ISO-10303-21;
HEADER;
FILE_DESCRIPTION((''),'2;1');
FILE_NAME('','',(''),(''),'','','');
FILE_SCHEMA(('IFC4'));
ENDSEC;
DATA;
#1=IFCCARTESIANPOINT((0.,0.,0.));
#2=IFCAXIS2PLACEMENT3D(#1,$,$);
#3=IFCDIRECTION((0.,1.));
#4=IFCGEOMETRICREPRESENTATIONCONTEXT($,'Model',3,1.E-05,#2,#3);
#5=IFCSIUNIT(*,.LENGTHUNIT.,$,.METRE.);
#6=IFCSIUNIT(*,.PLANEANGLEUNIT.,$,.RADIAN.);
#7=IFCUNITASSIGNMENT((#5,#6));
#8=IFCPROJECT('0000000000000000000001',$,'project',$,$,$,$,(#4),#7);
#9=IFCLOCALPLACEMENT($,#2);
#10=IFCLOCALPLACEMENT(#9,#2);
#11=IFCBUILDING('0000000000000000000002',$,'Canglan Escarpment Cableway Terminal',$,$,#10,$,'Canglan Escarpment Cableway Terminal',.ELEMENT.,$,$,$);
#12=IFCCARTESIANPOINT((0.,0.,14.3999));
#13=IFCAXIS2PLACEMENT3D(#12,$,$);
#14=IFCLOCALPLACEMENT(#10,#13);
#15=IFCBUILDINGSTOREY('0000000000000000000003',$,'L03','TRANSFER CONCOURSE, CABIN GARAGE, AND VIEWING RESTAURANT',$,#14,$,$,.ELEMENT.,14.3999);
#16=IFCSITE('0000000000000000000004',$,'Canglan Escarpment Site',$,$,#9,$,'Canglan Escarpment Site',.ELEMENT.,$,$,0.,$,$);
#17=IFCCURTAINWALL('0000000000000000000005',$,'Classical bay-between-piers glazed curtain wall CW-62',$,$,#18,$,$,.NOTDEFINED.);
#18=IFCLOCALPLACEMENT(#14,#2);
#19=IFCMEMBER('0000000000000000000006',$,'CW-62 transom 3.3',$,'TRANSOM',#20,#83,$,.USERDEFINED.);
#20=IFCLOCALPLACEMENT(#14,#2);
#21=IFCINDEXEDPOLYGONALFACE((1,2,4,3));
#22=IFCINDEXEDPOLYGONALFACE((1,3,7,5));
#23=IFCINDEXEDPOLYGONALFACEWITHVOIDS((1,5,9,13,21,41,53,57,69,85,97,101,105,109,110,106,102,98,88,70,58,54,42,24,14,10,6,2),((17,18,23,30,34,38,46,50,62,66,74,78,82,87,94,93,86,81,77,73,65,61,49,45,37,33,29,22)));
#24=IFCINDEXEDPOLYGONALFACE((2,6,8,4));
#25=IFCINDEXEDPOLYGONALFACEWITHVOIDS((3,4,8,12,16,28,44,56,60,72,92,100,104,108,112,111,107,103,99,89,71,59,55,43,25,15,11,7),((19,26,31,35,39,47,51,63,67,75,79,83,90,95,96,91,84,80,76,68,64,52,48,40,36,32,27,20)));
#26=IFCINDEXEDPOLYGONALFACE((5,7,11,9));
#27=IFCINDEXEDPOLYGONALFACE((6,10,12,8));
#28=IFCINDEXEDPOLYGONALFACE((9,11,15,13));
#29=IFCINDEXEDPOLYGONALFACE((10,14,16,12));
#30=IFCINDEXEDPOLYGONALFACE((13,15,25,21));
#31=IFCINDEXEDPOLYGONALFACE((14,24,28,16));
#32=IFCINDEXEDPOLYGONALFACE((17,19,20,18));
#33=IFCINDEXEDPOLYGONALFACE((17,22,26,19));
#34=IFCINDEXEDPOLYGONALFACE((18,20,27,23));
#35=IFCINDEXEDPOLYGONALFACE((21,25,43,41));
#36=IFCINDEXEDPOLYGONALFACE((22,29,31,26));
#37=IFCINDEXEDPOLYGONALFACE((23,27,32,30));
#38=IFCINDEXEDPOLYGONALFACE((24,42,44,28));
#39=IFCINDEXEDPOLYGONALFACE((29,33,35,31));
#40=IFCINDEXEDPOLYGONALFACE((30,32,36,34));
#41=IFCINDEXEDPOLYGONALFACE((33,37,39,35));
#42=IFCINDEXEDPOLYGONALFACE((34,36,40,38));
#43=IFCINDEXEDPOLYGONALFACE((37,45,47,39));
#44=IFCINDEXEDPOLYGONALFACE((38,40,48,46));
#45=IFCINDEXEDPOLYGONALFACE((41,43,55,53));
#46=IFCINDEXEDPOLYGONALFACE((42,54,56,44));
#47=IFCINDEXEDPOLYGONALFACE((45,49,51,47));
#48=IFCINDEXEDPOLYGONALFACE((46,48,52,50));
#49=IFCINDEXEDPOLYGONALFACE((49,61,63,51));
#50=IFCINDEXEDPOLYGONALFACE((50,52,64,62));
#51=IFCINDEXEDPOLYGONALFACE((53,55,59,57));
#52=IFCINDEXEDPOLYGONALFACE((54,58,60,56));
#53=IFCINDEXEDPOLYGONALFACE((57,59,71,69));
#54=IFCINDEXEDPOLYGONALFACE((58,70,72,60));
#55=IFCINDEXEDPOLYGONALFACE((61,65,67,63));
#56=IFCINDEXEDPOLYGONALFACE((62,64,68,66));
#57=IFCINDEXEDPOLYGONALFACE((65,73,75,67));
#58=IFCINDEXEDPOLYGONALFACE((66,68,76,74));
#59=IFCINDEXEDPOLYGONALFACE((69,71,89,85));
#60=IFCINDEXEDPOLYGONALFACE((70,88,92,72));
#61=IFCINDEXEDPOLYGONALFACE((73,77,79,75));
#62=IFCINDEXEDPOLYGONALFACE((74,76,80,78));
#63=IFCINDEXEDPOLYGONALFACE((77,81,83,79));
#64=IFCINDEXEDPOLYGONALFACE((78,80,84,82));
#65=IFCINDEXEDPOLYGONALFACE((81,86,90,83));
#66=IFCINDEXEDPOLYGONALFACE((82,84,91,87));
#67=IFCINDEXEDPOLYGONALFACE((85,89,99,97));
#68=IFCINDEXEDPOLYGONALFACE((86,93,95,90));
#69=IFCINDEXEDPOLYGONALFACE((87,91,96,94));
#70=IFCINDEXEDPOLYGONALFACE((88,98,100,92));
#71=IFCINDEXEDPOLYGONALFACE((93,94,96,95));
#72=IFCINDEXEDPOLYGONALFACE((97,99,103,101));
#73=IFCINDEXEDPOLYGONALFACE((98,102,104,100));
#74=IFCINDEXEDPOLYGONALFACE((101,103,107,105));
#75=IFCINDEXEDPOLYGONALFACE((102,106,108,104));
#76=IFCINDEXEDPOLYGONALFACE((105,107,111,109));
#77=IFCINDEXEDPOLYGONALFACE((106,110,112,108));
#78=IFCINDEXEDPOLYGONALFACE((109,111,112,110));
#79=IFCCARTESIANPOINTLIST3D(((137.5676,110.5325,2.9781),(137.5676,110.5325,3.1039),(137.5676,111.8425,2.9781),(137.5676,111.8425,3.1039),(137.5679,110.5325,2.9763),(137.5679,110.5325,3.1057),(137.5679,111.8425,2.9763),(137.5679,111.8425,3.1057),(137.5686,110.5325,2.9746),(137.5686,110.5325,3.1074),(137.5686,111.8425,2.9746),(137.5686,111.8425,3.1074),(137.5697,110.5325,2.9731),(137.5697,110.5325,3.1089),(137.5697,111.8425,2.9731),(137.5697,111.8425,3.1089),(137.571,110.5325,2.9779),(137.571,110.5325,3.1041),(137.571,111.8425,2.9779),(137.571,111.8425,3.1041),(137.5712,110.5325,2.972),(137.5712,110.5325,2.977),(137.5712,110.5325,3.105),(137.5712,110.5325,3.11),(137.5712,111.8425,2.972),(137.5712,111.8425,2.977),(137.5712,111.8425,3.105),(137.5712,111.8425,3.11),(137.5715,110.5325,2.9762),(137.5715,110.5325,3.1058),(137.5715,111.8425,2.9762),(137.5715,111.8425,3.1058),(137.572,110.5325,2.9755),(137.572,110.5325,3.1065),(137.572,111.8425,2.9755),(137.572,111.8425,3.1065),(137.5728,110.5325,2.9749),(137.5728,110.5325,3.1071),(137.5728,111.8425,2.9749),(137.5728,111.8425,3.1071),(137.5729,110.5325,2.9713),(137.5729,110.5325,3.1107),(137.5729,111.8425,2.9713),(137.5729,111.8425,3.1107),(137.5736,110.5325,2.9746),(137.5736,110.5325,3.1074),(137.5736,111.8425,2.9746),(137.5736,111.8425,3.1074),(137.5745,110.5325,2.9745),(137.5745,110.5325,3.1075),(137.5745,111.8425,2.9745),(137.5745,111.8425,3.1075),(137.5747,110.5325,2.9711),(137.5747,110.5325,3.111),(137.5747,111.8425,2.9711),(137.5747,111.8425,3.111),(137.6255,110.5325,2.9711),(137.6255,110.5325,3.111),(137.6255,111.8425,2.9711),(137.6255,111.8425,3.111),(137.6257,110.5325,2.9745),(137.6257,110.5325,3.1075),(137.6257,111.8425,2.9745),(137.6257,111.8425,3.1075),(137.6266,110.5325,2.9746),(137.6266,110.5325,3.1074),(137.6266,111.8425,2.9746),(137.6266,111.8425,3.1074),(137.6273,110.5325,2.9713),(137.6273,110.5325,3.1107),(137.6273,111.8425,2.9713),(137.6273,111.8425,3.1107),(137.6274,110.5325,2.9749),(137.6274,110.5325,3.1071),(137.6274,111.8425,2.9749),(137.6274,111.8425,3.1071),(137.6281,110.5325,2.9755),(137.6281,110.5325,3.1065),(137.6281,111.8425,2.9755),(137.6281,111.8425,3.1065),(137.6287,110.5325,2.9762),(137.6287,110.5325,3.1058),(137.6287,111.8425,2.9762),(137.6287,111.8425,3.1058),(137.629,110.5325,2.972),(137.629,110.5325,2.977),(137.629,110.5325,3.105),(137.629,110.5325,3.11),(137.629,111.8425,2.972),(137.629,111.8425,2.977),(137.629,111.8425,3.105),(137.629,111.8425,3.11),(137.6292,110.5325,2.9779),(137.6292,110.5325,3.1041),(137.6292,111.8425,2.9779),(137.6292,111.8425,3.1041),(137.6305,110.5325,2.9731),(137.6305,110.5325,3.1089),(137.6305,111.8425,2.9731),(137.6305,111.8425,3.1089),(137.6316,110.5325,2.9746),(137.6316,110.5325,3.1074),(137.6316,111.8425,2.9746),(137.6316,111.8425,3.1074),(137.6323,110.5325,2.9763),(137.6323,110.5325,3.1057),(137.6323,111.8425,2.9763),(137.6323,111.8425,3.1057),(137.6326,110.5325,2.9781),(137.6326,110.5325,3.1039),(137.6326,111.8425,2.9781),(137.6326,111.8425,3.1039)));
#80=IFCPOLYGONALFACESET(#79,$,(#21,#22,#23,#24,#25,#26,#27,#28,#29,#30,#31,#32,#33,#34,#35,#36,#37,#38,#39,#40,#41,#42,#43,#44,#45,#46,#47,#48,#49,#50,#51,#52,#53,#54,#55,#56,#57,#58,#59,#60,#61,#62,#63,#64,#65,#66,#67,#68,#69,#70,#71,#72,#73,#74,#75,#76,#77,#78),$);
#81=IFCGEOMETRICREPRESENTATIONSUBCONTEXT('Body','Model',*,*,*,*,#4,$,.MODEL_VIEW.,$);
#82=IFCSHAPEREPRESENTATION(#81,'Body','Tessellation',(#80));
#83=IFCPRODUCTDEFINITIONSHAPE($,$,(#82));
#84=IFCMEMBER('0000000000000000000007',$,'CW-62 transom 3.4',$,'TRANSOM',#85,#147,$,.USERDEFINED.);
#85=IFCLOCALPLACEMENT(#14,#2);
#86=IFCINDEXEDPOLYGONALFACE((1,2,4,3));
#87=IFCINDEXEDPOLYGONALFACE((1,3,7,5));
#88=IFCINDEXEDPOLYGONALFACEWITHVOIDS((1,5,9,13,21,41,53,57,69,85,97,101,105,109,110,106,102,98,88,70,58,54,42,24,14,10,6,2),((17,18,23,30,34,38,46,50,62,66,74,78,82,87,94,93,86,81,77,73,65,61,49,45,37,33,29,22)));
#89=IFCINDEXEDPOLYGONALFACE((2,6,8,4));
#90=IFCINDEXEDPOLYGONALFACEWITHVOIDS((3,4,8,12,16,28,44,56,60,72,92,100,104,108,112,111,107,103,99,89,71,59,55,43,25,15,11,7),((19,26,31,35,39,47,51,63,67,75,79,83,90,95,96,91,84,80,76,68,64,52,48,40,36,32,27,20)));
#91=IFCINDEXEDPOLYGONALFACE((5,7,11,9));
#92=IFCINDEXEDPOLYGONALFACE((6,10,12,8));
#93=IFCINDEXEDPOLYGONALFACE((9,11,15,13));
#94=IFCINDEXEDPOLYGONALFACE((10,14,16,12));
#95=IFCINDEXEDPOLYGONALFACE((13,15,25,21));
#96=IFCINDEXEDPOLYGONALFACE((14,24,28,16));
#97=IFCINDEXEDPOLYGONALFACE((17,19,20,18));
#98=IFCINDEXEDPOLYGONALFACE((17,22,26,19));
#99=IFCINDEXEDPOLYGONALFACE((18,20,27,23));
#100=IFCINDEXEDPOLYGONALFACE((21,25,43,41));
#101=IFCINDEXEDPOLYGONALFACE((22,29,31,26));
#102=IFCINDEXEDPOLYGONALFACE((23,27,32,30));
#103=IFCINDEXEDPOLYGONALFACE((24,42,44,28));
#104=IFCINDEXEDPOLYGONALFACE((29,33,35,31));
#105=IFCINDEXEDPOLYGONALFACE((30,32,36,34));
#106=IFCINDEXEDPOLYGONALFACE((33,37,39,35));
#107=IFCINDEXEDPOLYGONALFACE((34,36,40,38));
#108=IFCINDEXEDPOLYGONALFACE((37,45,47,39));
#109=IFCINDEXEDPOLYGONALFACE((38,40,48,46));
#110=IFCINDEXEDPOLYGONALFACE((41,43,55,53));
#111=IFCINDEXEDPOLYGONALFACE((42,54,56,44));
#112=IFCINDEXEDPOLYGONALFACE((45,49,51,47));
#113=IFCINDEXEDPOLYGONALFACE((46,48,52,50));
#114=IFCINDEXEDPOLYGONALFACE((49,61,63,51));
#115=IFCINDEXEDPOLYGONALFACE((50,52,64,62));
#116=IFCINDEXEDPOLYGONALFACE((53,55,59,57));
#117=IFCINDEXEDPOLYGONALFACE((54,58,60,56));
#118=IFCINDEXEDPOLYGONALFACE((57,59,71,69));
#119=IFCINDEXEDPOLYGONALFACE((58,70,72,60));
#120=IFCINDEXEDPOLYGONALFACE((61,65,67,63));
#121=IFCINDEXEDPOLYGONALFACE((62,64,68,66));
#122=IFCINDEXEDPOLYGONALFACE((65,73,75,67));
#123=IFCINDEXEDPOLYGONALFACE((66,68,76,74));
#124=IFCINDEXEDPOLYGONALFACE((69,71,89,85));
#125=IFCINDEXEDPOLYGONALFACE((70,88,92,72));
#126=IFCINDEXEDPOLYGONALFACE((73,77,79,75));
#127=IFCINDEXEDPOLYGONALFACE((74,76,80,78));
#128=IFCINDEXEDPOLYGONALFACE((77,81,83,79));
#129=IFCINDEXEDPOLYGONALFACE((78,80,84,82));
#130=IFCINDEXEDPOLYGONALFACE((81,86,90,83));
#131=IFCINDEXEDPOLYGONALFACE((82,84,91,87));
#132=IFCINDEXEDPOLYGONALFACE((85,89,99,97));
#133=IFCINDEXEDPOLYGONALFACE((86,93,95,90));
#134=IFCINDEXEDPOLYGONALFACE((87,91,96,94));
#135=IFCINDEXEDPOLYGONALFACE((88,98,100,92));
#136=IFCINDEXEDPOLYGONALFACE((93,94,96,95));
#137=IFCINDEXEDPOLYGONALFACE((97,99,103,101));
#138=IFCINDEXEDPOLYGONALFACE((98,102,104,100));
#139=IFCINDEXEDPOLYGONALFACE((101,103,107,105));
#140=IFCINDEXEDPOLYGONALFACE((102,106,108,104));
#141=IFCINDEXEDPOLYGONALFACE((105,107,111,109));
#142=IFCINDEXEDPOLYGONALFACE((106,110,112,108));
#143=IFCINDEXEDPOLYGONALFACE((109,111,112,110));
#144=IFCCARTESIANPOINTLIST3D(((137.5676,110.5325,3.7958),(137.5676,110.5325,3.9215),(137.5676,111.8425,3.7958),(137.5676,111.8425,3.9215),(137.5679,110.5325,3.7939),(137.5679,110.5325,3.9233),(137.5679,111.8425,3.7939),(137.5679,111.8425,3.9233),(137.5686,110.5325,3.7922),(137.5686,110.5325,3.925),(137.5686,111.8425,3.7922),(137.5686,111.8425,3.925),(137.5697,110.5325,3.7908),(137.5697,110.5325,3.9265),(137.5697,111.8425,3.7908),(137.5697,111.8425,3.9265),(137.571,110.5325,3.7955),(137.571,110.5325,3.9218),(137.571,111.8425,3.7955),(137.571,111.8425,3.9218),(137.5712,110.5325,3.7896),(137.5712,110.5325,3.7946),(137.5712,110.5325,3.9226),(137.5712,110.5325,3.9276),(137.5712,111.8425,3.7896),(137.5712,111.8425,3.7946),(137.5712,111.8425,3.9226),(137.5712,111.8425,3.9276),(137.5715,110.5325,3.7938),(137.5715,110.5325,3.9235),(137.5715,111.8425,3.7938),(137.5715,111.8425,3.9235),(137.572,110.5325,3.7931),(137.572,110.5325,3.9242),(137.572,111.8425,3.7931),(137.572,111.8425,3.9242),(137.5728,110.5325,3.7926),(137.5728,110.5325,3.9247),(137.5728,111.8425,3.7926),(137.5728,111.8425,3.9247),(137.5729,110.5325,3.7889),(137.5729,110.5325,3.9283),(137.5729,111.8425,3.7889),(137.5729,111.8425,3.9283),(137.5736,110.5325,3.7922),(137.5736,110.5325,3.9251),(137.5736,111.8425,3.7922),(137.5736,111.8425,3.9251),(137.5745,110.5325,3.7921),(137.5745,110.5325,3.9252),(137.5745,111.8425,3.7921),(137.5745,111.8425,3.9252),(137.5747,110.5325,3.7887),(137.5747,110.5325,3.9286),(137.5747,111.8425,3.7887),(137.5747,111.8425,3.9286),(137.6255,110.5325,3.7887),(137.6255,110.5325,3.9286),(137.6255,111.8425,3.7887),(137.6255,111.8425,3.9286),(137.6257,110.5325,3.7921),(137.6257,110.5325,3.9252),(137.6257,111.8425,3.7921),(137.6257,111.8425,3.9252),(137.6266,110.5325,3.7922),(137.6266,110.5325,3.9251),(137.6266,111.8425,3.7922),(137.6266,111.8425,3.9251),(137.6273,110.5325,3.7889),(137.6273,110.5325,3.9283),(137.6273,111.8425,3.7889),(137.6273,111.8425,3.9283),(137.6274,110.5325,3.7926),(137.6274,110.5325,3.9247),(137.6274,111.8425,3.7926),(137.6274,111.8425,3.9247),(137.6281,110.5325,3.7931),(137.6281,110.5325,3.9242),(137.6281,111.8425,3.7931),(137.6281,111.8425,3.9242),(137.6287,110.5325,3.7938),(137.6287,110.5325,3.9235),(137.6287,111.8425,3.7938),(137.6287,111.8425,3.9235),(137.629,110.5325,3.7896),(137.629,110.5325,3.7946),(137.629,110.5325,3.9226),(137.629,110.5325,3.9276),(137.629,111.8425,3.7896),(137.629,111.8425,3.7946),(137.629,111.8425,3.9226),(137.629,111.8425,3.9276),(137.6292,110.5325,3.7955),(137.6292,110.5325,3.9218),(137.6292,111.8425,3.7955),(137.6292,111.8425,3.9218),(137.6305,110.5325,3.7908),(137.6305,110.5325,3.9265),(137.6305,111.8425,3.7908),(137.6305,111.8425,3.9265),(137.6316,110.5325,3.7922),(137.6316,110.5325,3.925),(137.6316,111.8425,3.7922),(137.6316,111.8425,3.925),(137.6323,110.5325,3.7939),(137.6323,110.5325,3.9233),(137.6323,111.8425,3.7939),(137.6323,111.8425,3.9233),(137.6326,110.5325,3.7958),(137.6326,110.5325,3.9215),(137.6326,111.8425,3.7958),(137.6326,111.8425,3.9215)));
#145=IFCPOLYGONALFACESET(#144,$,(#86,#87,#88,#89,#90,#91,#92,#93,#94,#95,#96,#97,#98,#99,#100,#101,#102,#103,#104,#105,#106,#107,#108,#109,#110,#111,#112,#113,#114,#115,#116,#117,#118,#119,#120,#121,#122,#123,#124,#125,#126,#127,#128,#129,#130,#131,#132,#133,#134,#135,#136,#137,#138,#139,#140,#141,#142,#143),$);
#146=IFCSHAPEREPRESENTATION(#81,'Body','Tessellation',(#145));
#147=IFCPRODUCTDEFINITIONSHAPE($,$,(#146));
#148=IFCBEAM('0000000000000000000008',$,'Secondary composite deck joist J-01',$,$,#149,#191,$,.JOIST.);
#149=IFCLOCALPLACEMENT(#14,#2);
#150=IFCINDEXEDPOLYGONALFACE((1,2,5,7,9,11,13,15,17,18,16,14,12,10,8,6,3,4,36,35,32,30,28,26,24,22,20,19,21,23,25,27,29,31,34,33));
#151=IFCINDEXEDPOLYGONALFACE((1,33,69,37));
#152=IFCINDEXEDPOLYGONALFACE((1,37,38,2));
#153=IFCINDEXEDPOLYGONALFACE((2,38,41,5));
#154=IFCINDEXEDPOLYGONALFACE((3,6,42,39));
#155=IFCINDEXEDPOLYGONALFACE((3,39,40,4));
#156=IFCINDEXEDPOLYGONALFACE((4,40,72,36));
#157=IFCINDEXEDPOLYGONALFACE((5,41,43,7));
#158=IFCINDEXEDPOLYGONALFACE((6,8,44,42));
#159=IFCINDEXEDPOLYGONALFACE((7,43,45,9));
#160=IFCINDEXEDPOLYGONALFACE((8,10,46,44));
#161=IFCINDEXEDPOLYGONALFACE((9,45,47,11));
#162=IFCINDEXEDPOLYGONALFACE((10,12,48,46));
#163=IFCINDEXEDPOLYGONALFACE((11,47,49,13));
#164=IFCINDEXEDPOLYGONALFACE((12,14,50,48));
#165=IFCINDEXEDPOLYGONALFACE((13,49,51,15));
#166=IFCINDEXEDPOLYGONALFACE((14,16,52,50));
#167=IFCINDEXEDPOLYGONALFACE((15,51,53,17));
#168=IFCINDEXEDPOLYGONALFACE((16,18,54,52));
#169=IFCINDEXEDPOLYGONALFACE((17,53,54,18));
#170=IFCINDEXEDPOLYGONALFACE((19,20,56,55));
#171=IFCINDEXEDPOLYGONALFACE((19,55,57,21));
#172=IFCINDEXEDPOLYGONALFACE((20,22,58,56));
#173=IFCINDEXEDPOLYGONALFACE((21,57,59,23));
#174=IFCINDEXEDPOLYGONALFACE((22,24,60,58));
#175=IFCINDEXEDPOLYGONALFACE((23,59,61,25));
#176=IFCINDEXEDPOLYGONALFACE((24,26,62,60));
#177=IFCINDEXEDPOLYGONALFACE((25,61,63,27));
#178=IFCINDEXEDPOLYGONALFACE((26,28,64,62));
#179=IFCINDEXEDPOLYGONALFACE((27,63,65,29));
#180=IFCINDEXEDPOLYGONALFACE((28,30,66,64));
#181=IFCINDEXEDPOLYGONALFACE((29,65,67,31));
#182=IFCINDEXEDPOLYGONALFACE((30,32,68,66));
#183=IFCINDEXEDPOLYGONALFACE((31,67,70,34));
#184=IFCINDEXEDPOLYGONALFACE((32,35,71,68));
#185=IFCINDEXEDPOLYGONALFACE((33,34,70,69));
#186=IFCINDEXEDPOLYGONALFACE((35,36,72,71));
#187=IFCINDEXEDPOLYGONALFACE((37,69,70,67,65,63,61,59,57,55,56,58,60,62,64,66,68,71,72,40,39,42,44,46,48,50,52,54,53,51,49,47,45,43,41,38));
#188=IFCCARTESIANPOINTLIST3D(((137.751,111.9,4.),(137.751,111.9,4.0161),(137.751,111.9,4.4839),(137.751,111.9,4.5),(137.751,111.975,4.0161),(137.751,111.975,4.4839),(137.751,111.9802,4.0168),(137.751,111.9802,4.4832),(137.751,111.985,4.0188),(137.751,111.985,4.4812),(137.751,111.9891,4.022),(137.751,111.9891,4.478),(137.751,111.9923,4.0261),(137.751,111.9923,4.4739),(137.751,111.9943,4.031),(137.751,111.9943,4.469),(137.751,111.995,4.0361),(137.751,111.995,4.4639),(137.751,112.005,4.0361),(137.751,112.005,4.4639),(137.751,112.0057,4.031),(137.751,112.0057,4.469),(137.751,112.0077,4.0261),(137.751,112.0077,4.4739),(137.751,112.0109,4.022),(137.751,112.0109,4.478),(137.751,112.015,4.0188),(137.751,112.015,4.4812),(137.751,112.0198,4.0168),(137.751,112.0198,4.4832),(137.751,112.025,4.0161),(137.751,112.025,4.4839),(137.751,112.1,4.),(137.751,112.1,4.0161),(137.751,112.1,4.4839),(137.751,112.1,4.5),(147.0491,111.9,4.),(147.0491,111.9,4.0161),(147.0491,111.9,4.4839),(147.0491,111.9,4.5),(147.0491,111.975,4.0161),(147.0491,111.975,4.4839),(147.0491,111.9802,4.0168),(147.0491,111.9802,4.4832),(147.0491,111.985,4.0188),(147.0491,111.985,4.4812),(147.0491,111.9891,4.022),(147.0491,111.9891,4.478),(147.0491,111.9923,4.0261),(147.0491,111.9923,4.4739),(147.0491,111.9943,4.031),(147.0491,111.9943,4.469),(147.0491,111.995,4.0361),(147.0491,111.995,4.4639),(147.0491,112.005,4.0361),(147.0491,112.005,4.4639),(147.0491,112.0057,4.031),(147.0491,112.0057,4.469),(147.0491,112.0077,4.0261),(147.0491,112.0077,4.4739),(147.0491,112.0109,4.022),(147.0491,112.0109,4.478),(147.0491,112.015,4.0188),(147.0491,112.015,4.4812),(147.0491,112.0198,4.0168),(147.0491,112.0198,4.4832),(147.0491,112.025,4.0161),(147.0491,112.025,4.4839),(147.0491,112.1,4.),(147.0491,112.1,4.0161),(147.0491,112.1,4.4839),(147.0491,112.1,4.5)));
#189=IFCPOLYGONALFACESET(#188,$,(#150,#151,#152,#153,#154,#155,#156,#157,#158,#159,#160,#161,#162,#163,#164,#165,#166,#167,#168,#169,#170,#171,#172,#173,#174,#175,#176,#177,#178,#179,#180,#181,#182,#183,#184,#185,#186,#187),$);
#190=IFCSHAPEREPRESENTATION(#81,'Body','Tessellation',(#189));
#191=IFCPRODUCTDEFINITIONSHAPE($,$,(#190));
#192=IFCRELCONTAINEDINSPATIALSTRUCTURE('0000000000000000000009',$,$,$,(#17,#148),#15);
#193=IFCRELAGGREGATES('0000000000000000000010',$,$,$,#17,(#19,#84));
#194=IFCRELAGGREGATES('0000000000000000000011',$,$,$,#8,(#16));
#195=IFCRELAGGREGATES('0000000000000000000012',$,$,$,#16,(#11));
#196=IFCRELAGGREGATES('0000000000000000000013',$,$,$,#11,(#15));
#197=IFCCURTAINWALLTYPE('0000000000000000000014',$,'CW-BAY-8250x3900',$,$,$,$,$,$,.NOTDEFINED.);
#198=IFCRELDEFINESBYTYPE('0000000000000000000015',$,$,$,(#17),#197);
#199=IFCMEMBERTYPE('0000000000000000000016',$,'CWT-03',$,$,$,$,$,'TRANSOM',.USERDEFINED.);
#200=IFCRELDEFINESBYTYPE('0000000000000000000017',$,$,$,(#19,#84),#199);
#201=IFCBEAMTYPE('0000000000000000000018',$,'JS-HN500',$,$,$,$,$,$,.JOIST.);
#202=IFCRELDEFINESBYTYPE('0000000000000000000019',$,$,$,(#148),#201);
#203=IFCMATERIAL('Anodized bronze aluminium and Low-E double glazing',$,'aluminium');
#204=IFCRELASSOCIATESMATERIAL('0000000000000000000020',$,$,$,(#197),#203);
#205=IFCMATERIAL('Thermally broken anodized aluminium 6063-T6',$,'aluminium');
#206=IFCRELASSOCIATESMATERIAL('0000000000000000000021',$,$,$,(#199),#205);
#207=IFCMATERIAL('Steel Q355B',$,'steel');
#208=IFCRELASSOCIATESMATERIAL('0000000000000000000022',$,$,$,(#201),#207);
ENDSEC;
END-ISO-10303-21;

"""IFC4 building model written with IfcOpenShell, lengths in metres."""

from ifc_helpers import new_model, si_unit, direction, frame, origin, origin_2d, place, context, subcontext, project, spatial, hollow_rectangle, i_section, extrude, material, material_profile, profile_set, type_object, element, aggregate, save


model = new_model("IFC4")

# Units and contexts
model_context = context("Model", 3, precision=1e-05, world=origin(), true_north=direction((0.0, 1.0)))
body_context = subcontext(model_context, "Body", "Model", "MODEL_VIEW")
ifc_project = project(units=[si_unit("LENGTHUNIT", "METRE"), si_unit("PLANEANGLEUNIT", "RADIAN")], contexts=[model_context])

# Site, building, storey
site_placement = place(None, origin())
site = spatial("IfcSite", under=ifc_project, at=site_placement, Name="Canglan Escarpment Site", LongName="Canglan Escarpment Site", CompositionType="ELEMENT", RefElevation=0.0)
building_placement = place(site_placement, origin())
building = spatial("IfcBuilding", under=site, at=building_placement, Name="Canglan Escarpment Cableway Terminal", LongName="Canglan Escarpment Cableway Terminal", CompositionType="ELEMENT")
storey_placement = place(building_placement, frame((0.0, 0.0, 14.3999)))
storey = spatial("IfcBuildingStorey", under=building, at=storey_placement, Name="L03", Description="TRANSFER CONCOURSE, CABIN GARAGE, AND VIEWING RESTAURANT", CompositionType="ELEMENT", Elevation=14.3999)

# Curtain wall
ifc_material_1 = material(Name="Anodized bronze aluminium and Low-E double glazing", Category="aluminium")
curtain_wall_type_1 = type_object("IfcCurtainWallType", Name="CW-BAY-8250x3900", PredefinedType="NOTDEFINED", material=ifc_material_1)
curtain_wall_1_placement = place(storey_placement, origin())
curtain_wall_1 = element("IfcCurtainWall", 1, at=curtain_wall_1_placement, inside=storey, type_object=curtain_wall_type_1, Name="Classical bay-between-piers glazed curtain wall CW-62", PredefinedType="NOTDEFINED")
ifc_material_2 = material(Name="Thermally broken anodized aluminium 6063-T6", Category="aluminium")

# Members
ifc_material_profile_1 = material_profile(ifc_material_2, hollow_rectangle(XDim=0.0649, YDim=0.1399, WallThickness=0.0034, InnerFilletRadius=0.0034, OuterFilletRadius=0.0071, at=origin_2d()), Name="ALU-TRAN 65x140x3.5")
ifc_profile_set_1 = profile_set([ifc_material_profile_1], Name="Thermally broken anodized aluminium 6063-T6")
member_type_1 = type_object("IfcMemberType", Name="CWT-03", ElementType="TRANSOM", PredefinedType="USERDEFINED", material=ifc_profile_set_1)
member_1_placement = place(storey_placement, frame((137.6001, 111.8425, 3.041), z_axis=(0.0, -1.0, 0.0), x_axis=(1.0, 0.0, 0.0)))
member_1 = element("IfcMember", 2, at=member_1_placement, type_object=member_type_1, Name="CW-62 transom 3.3", ObjectType="TRANSOM", PredefinedType="USERDEFINED", context=body_context, shape_type="SweptSolid", body=[
    extrude(hollow_rectangle(XDim=0.0649, YDim=0.1399, WallThickness=0.0034, InnerFilletRadius=0.0034, OuterFilletRadius=0.0071, at=origin_2d()), origin(), (0.0, 0.0, 1.0), 1.3101),
])
member_2_placement = place(storey_placement, frame((137.6001, 111.8425, 3.8586), z_axis=(0.0, -1.0, 0.0), x_axis=(1.0, 0.0, 0.0)))
member_2 = element("IfcMember", 3, at=member_2_placement, type_object=member_type_1, Name="CW-62 transom 3.4", ObjectType="TRANSOM", PredefinedType="USERDEFINED", context=body_context, shape_type="SweptSolid", body=[
    extrude(hollow_rectangle(XDim=0.0649, YDim=0.1399, WallThickness=0.0034, InnerFilletRadius=0.0034, OuterFilletRadius=0.0071, at=origin_2d()), origin(), (0.0, 0.0, 1.0), 1.3101),
])

# Beam
ifc_material_3 = material(Name="Steel Q355B", Category="steel")
ifc_material_profile_2 = material_profile(ifc_material_3, i_section(OverallWidth=0.2, OverallDepth=0.5, WebThickness=0.01, FlangeThickness=0.0161, FilletRadius=0.02, at=origin_2d()), Name="HN 500x200x10x16")
ifc_profile_set_2 = profile_set([ifc_material_profile_2], Name="Steel Q355B")
beam_type = type_object("IfcBeamType", Name="JS-HN500", PredefinedType="JOIST", material=ifc_profile_set_2)
beam_placement = place(storey_placement, frame((137.751, 112.0, 4.25), z_axis=(1.0, 0.0, 0.0), x_axis=(0.0, 1.0, 0.0)))
element("IfcBeam", 4, at=beam_placement, inside=storey, type_object=beam_type, Name="Secondary composite deck joist J-01", PredefinedType="JOIST", context=body_context, shape_type="SweptSolid", body=[
    extrude(i_section(OverallWidth=0.2, OverallDepth=0.5, WebThickness=0.01, FlangeThickness=0.0161, FilletRadius=0.02, at=origin_2d()), origin(), (0.0, 0.0, 1.0), 9.2981),
])

aggregate(curtain_wall_1, [member_1, member_2])

save(model, "model.ifc")
